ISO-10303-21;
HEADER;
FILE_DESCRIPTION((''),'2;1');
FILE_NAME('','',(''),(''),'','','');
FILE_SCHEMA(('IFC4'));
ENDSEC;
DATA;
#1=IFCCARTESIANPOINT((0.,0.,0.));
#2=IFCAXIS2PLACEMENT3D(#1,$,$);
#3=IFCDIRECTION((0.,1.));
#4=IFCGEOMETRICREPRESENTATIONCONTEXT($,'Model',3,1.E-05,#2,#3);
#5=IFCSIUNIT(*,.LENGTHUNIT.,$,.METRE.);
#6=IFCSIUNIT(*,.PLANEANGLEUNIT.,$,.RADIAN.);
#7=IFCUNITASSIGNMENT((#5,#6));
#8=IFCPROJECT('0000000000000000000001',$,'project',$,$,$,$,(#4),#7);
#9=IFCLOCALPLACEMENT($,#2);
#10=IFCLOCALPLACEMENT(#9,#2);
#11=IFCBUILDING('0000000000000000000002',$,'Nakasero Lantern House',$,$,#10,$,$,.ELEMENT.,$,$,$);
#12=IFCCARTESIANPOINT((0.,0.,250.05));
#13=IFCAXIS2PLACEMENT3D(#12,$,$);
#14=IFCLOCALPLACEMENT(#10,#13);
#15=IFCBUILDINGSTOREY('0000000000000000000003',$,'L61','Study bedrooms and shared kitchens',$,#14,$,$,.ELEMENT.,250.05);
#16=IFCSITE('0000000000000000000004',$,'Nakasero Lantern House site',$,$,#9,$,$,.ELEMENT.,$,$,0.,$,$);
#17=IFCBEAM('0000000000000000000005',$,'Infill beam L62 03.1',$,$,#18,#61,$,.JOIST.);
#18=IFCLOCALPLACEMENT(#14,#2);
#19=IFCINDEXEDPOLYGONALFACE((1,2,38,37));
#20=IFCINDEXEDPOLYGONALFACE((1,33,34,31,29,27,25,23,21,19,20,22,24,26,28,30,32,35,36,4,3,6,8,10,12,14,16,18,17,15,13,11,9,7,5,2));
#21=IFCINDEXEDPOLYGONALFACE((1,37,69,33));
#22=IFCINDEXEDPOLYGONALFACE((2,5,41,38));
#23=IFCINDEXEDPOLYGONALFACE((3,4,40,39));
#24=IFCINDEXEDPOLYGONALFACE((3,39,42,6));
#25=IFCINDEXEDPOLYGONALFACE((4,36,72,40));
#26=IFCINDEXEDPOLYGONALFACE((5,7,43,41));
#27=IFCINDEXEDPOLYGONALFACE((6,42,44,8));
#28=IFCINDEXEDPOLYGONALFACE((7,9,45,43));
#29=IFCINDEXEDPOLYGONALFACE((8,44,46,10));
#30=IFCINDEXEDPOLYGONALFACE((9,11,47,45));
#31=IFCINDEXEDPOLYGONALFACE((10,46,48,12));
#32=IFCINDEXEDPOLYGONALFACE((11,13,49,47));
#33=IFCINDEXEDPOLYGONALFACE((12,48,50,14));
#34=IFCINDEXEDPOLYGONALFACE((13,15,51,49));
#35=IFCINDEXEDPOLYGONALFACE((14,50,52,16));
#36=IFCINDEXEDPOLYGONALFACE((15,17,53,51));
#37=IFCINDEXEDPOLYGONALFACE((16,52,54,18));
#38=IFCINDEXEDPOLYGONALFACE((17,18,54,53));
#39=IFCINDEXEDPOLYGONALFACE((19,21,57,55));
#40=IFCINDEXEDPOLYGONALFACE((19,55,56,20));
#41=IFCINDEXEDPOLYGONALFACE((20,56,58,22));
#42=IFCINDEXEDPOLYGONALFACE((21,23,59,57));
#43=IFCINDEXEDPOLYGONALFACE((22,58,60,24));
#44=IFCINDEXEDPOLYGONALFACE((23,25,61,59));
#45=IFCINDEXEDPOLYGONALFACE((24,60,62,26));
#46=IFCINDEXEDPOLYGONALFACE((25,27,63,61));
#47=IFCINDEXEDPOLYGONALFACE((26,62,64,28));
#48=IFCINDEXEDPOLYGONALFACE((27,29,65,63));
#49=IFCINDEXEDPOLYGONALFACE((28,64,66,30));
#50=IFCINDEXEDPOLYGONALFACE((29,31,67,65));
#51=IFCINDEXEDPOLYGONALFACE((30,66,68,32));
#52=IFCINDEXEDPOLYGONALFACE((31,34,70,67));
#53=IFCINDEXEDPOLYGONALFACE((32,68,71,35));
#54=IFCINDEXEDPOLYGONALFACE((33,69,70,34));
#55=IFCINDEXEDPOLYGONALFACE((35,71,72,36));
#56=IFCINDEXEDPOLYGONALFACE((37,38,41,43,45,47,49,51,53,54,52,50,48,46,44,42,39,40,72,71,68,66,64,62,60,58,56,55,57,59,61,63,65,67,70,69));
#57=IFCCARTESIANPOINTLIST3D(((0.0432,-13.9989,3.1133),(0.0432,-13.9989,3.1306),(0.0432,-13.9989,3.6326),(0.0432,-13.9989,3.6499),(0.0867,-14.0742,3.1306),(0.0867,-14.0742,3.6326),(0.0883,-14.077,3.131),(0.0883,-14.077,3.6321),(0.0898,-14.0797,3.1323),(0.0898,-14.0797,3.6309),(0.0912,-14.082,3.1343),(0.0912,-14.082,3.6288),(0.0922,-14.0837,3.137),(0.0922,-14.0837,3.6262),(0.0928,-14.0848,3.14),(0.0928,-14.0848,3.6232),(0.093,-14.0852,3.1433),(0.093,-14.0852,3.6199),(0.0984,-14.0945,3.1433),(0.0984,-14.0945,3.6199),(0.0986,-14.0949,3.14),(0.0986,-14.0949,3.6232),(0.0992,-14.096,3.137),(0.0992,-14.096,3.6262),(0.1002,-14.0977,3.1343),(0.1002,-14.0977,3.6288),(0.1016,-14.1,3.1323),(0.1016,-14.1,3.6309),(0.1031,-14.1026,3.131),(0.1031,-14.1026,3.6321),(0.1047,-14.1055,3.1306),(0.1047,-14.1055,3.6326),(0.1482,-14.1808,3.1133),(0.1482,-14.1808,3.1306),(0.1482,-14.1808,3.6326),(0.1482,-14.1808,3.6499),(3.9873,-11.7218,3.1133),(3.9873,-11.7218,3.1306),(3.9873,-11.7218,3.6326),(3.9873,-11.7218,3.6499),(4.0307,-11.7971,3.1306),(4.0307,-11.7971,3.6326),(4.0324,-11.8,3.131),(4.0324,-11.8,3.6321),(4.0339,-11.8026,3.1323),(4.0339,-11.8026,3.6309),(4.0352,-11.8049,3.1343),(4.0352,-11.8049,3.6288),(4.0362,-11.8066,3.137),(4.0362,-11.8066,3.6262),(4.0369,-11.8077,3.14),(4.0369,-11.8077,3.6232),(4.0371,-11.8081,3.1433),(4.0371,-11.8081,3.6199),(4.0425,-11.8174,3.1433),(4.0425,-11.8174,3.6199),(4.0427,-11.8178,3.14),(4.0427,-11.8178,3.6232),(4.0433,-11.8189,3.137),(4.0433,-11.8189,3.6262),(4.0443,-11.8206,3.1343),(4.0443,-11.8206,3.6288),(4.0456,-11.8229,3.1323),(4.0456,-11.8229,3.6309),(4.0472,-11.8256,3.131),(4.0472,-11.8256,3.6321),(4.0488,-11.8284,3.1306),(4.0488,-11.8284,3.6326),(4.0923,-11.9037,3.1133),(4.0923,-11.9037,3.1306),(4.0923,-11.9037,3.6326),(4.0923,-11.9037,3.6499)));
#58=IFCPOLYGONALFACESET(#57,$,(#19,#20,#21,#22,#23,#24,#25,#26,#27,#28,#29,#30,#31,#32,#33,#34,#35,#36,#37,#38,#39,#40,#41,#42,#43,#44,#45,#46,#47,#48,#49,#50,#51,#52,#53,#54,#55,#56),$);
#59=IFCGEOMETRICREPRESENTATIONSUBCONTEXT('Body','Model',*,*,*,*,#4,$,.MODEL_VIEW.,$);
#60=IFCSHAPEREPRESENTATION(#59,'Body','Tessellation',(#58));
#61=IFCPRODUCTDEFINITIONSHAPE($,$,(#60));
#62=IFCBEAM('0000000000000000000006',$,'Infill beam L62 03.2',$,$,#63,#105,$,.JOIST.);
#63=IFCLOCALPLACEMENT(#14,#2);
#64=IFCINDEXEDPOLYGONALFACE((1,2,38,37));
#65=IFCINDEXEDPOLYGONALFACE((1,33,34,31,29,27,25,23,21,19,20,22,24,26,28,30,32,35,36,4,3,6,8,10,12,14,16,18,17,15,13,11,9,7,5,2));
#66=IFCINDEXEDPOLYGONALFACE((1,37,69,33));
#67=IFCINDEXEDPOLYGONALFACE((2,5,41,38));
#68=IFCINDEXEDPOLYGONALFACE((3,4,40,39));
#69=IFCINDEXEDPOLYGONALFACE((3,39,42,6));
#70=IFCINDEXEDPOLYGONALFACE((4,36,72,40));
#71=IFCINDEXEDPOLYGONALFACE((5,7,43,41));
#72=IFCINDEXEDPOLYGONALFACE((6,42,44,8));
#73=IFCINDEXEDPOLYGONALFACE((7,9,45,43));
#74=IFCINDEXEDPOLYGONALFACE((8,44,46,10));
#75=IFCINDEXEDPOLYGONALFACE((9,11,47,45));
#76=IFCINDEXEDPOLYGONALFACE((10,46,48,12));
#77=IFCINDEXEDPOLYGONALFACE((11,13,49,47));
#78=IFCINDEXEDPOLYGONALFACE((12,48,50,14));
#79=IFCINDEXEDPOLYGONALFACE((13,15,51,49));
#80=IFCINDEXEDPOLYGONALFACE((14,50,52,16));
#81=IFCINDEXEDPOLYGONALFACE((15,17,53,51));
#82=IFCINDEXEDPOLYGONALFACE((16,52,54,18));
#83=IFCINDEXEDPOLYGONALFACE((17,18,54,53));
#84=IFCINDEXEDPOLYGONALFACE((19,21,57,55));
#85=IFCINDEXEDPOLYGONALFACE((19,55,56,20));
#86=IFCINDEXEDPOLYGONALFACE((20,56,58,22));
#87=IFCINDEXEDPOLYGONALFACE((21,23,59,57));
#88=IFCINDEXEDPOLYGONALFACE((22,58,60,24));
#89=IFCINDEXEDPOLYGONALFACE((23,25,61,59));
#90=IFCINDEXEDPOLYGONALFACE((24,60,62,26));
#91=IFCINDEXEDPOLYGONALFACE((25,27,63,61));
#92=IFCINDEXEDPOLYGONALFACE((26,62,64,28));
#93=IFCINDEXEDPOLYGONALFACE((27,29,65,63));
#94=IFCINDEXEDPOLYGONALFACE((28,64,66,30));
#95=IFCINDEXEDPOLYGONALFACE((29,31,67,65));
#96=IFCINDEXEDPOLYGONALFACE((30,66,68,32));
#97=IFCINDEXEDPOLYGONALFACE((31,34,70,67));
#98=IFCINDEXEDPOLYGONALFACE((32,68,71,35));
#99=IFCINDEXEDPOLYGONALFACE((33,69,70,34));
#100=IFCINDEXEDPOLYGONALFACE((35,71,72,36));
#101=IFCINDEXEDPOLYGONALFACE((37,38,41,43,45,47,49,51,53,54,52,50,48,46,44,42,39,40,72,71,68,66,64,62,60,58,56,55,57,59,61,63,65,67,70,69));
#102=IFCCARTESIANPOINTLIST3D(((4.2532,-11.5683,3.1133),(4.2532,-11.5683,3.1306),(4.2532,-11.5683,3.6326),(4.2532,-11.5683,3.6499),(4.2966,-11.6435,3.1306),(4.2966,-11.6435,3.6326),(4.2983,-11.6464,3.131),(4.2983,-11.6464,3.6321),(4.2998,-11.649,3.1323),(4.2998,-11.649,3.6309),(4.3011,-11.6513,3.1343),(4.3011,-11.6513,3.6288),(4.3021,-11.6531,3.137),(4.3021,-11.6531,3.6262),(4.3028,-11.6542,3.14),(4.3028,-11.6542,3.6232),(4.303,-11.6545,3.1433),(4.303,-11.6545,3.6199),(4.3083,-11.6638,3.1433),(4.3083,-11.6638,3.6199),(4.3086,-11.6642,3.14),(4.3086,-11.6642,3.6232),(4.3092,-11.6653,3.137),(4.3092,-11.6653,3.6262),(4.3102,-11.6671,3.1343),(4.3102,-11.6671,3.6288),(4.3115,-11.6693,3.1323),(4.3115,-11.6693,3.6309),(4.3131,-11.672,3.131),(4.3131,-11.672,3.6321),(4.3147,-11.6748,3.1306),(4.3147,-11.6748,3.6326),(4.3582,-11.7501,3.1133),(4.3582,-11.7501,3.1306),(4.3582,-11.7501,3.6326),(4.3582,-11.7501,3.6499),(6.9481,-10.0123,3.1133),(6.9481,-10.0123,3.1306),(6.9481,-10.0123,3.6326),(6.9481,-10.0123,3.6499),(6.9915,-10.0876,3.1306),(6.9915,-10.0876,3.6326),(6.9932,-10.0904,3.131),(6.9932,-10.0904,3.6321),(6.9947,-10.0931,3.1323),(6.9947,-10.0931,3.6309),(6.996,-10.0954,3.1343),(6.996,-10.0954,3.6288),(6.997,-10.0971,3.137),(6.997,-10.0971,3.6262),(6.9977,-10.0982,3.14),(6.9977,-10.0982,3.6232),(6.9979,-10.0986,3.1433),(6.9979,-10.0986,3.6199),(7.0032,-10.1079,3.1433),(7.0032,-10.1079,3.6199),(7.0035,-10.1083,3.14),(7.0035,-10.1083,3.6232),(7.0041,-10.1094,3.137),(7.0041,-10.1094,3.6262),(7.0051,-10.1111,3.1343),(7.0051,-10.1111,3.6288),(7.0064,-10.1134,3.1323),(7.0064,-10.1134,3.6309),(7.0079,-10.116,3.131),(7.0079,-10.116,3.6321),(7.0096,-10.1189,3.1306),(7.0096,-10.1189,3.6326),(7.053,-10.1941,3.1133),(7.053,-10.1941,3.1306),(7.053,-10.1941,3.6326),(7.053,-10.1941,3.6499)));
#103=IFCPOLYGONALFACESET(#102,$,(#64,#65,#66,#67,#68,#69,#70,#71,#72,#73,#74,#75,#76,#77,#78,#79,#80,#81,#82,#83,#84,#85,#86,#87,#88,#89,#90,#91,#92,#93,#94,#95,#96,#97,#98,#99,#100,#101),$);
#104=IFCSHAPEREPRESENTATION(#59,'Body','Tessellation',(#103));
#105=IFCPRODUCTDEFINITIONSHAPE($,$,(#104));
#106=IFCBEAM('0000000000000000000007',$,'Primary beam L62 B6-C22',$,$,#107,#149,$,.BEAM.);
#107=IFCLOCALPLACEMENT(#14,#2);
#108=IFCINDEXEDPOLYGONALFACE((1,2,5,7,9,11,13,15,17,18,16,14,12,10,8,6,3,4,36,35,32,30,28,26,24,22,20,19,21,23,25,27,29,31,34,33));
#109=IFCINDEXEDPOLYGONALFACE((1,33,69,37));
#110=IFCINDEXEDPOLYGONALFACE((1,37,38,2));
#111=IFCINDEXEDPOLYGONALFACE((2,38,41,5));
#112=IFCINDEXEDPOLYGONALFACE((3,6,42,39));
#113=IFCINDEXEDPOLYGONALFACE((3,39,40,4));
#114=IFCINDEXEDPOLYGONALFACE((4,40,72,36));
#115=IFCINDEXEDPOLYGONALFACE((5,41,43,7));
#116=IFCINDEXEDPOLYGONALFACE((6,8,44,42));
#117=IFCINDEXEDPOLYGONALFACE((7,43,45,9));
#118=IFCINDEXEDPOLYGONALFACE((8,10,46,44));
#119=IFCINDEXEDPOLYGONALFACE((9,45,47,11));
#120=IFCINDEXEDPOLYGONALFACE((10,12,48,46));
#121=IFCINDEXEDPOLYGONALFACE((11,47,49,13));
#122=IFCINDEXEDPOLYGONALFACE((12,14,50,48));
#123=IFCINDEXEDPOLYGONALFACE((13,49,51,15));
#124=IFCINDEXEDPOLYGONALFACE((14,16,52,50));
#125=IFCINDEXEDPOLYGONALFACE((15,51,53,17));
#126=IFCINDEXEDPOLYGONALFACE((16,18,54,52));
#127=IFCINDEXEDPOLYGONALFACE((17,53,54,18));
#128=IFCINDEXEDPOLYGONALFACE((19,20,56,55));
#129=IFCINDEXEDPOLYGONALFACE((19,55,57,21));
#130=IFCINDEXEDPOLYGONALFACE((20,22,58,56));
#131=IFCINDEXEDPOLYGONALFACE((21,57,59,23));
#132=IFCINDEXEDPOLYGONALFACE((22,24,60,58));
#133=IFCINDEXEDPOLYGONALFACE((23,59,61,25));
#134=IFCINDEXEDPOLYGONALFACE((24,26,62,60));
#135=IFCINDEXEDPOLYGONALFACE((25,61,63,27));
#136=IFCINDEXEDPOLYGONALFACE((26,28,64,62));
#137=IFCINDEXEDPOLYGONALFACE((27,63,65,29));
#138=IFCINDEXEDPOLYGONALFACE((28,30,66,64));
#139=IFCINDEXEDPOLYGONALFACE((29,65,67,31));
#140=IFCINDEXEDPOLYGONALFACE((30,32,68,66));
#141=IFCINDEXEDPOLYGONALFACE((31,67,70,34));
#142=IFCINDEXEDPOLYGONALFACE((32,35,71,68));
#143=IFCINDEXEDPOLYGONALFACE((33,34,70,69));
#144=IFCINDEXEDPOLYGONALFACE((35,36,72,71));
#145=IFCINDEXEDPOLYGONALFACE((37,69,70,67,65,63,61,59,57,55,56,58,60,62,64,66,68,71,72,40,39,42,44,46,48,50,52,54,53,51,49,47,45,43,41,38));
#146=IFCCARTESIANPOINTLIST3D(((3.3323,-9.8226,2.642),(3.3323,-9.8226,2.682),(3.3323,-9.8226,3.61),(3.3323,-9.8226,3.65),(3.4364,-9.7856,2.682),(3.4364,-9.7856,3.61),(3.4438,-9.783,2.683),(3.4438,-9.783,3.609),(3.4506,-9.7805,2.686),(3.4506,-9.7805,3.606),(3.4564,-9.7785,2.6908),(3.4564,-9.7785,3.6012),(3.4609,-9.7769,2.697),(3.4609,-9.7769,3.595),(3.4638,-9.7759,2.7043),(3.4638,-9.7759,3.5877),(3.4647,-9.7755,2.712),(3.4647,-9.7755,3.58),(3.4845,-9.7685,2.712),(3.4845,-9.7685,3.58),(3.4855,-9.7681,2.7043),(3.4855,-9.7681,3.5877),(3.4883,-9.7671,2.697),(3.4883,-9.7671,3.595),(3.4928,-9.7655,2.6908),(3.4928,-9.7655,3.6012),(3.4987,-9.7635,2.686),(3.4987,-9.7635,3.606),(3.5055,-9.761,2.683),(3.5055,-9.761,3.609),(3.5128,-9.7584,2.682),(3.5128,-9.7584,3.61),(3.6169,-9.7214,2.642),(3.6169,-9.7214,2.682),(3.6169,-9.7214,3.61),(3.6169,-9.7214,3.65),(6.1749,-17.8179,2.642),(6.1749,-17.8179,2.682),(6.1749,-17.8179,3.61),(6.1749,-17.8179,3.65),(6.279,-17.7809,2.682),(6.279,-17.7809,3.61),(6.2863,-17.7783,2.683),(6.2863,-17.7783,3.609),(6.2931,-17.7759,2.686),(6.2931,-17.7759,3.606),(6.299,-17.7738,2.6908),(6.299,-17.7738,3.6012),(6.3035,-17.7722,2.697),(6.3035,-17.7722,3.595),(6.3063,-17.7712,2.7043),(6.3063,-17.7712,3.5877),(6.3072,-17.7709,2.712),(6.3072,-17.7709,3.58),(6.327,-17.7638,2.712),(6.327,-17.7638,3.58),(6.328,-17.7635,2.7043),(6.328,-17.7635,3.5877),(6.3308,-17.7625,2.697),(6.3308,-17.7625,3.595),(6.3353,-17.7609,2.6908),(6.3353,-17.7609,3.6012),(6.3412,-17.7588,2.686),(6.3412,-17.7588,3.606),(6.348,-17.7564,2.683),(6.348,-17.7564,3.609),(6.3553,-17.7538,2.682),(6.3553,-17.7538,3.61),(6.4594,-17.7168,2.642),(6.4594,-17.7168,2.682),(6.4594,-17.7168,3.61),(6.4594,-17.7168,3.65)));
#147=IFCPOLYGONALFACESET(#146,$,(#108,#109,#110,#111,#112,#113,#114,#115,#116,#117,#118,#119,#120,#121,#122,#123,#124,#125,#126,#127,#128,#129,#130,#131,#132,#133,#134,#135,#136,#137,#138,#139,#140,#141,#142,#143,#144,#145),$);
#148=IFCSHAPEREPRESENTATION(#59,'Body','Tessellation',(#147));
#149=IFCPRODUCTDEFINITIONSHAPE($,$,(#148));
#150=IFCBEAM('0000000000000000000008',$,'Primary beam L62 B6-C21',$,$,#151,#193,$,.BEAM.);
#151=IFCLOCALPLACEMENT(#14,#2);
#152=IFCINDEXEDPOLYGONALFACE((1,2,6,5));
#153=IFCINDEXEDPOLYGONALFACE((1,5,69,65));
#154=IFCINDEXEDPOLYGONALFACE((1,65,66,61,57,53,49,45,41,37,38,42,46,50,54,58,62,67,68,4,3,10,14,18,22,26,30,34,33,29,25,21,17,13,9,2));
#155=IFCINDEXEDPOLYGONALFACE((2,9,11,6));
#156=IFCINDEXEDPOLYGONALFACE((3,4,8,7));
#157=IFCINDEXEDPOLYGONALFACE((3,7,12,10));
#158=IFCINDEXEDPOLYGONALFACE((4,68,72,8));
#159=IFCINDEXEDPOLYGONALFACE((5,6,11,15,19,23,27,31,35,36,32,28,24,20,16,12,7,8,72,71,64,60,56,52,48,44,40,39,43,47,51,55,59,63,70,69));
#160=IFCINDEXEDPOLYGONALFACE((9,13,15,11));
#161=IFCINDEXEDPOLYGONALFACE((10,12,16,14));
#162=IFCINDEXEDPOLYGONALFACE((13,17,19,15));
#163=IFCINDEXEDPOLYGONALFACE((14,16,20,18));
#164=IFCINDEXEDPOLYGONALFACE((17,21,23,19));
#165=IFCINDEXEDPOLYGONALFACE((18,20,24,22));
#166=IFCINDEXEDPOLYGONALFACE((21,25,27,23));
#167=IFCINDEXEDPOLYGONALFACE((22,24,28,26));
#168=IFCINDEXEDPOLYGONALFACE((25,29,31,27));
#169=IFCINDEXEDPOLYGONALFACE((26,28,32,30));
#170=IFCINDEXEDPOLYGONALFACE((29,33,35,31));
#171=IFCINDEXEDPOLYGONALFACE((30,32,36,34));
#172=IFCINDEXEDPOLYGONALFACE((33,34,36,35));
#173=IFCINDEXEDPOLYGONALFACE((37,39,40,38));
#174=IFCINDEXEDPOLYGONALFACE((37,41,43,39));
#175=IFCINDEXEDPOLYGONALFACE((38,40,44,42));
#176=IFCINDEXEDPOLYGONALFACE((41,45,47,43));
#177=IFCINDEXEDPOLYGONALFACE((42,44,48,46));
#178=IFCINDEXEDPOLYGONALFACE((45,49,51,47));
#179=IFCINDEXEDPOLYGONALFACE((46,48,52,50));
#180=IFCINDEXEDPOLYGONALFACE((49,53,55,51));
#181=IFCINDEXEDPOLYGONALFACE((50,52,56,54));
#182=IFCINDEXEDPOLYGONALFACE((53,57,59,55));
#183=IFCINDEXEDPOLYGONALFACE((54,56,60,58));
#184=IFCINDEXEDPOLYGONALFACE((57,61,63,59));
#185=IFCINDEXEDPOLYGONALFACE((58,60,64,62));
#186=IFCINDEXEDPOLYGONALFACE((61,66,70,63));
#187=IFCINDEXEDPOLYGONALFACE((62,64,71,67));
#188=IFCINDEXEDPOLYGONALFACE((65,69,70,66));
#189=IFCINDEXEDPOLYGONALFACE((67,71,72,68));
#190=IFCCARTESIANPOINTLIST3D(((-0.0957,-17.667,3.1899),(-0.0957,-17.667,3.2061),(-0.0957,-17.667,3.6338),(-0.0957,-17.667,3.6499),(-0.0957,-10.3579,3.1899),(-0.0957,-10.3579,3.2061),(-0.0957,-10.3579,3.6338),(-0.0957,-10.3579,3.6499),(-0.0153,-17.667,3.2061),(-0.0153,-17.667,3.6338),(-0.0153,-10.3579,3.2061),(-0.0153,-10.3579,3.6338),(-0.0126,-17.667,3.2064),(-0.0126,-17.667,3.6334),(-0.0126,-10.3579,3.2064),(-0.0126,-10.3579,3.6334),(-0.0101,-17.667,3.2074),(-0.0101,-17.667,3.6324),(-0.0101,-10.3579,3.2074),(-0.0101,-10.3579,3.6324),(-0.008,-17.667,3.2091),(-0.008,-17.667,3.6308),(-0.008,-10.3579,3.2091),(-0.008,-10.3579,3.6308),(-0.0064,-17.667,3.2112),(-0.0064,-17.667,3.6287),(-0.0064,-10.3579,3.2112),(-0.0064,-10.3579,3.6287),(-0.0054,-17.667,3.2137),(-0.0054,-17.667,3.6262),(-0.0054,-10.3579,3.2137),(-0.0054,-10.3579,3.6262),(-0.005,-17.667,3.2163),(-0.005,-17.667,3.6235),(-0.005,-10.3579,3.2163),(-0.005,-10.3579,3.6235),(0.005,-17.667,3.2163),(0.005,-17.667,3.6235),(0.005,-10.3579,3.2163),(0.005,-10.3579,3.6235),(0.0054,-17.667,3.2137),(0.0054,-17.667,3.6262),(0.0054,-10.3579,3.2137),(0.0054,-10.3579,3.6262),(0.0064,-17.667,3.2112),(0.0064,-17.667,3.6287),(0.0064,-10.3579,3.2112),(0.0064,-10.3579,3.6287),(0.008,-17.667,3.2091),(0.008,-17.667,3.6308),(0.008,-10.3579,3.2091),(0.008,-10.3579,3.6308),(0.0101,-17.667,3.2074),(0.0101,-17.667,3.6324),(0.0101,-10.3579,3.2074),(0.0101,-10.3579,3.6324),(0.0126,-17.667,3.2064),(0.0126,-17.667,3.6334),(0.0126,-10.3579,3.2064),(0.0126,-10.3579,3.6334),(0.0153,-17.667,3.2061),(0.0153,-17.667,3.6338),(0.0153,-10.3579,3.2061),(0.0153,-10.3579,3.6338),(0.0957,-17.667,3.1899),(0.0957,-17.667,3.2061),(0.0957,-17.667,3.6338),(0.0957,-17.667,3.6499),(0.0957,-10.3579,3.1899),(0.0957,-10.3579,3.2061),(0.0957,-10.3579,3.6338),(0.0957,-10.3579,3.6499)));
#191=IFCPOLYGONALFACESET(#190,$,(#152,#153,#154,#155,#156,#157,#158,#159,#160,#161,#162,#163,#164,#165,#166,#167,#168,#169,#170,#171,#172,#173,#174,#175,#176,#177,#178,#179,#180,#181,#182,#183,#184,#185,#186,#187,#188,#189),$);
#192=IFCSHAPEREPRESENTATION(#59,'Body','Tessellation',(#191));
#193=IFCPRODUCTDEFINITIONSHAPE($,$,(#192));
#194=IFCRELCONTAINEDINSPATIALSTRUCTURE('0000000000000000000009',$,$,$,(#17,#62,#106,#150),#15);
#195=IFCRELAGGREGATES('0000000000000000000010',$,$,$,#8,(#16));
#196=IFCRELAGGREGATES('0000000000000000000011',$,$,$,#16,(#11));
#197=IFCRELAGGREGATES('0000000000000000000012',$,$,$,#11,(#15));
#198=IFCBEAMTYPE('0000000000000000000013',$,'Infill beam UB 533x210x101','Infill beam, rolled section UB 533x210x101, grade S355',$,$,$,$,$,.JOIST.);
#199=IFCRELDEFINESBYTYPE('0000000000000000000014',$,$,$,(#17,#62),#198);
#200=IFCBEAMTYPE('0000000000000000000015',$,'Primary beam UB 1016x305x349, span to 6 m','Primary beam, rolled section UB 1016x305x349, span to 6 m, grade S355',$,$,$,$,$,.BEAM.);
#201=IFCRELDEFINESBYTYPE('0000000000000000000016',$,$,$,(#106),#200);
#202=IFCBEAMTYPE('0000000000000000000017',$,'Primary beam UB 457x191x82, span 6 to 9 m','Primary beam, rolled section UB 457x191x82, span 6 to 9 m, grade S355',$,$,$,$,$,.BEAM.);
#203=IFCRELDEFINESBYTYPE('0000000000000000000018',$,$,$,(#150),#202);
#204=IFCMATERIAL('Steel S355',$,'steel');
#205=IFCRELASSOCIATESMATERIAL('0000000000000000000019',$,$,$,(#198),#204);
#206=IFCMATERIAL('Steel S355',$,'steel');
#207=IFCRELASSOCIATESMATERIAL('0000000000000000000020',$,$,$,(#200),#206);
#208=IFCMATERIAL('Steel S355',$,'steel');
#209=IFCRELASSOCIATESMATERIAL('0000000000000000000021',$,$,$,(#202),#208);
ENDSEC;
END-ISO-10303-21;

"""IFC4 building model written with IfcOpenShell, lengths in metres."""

from ifc_helpers import new_model, si_unit, direction, frame, origin, origin_2d, place, context, subcontext, project, spatial, i_section, extrude, material, material_profile, profile_set, type_object, element, save


model = new_model("IFC4")

# Units and contexts
model_context = context("Model", 3, precision=1e-05, world=origin(), true_north=direction((0.0, 1.0)))
body_context = subcontext(model_context, "Body", "Model", "MODEL_VIEW")
ifc_project = project(units=[si_unit("LENGTHUNIT", "METRE"), si_unit("PLANEANGLEUNIT", "RADIAN")], contexts=[model_context])

# Site, building, storey
site_placement = place(None, origin())
site = spatial("IfcSite", under=ifc_project, at=site_placement, Name="Nakasero Lantern House site", CompositionType="ELEMENT", RefElevation=0.0)
building_placement = place(site_placement, origin())
building = spatial("IfcBuilding", under=site, at=building_placement, Name="Nakasero Lantern House", CompositionType="ELEMENT")
storey_placement = place(building_placement, frame((0.0, 0.0, 250.05)))
storey = spatial("IfcBuildingStorey", under=building, at=storey_placement, Name="L61", Description="Study bedrooms and shared kitchens", CompositionType="ELEMENT", Elevation=250.05)

# Beams
ifc_material_1 = material(Name="Steel S355", Category="steel")
ifc_material_profile_1 = material_profile(ifc_material_1, i_section(OverallWidth=0.21, OverallDepth=0.5366, WebThickness=0.0107, FlangeThickness=0.0173, FilletRadius=0.0127, at=origin_2d()), Name="UB 533x210x101")
ifc_profile_set_1 = profile_set([ifc_material_profile_1], Name="Steel S355")
beam_type_1 = type_object("IfcBeamType", Name="Infill beam UB 533x210x101", Description="Infill beam, rolled section UB 533x210x101, grade S355", PredefinedType="JOIST", material=ifc_profile_set_1)
beam_1_placement = place(storey_placement, frame((0.0957, -14.0898, 3.3816), z_axis=(0.866028, 0.499996, 0.0), x_axis=(-0.499996, 0.866028, 0.0)))
element("IfcBeam", 1, at=beam_1_placement, inside=storey, type_object=beam_type_1, Name="Infill beam L62 03.1", PredefinedType="JOIST", context=body_context, shape_type="SweptSolid", body=[
    extrude(i_section(OverallWidth=0.21, OverallDepth=0.5366, WebThickness=0.0107, FlangeThickness=0.0173, FilletRadius=0.0127, at=origin_2d()), origin(), (0.0, 0.0, 1.0), 4.5542),
])
beam_2_placement = place(storey_placement, frame((4.3057, -11.6592, 3.3816), z_axis=(0.866018, 0.500012, 0.0), x_axis=(-0.500012, 0.866018, 0.0)))
element("IfcBeam", 2, at=beam_2_placement, inside=storey, type_object=beam_type_1, Name="Infill beam L62 03.2", PredefinedType="JOIST", context=body_context, shape_type="SweptSolid", body=[
    extrude(i_section(OverallWidth=0.21, OverallDepth=0.5366, WebThickness=0.0107, FlangeThickness=0.0173, FilletRadius=0.0127, at=origin_2d()), origin(), (0.0, 0.0, 1.0), 3.1118),
])
ifc_material_2 = material(Name="Steel S355", Category="steel")
ifc_material_profile_2 = material_profile(ifc_material_2, i_section(OverallWidth=0.302, OverallDepth=1.0081, WebThickness=0.021, FlangeThickness=0.04, FilletRadius=0.03, at=origin_2d()), Name="UB 1016x305x349")
ifc_profile_set_2 = profile_set([ifc_material_profile_2], Name="Steel S355")
beam_type_2 = type_object("IfcBeamType", Name="Primary beam UB 1016x305x349, span to 6 m", Description="Primary beam, rolled section UB 1016x305x349, span to 6 m, grade S355", PredefinedType="BEAM", material=ifc_profile_set_2)
beam_3_placement = place(storey_placement, frame((6.3171, -17.7673, 3.146), z_axis=(-0.334982, 0.942225, 0.0), x_axis=(-0.942225, -0.334982, 0.0)))
element("IfcBeam", 3, at=beam_3_placement, inside=storey, type_object=beam_type_2, Name="Primary beam L62 B6-C22", PredefinedType="BEAM", context=body_context, shape_type="SweptSolid", body=[
    extrude(i_section(OverallWidth=0.302, OverallDepth=1.0081, WebThickness=0.021, FlangeThickness=0.04, FilletRadius=0.03, at=origin_2d()), origin(), (0.0, 0.0, 1.0), 8.4856),
])
ifc_material_3 = material(Name="Steel S355", Category="steel")
ifc_material_profile_3 = material_profile(ifc_material_3, i_section(OverallWidth=0.1914, OverallDepth=0.46, WebThickness=0.01, FlangeThickness=0.0161, FilletRadius=0.0103, at=origin_2d()), Name="UB 457x191x82")
ifc_profile_set_3 = profile_set([ifc_material_profile_3], Name="Steel S355")
beam_type_3 = type_object("IfcBeamType", Name="Primary beam UB 457x191x82, span 6 to 9 m", Description="Primary beam, rolled section UB 457x191x82, span 6 to 9 m, grade S355", PredefinedType="BEAM", material=ifc_profile_set_3)
beam_4_placement = place(storey_placement, frame((0.0, -17.667, 3.4199), z_axis=(0.0, 1.0, 0.0), x_axis=(-1.0, 0.0, 0.0)))
element("IfcBeam", 4, at=beam_4_placement, inside=storey, type_object=beam_type_3, Name="Primary beam L62 B6-C21", PredefinedType="BEAM", context=body_context, shape_type="SweptSolid", body=[
    extrude(i_section(OverallWidth=0.1914, OverallDepth=0.46, WebThickness=0.01, FlangeThickness=0.0161, FilletRadius=0.0103, at=origin_2d()), origin(), (0.0, 0.0, 1.0), 7.3091),
])

save(model, "model.ifc")
